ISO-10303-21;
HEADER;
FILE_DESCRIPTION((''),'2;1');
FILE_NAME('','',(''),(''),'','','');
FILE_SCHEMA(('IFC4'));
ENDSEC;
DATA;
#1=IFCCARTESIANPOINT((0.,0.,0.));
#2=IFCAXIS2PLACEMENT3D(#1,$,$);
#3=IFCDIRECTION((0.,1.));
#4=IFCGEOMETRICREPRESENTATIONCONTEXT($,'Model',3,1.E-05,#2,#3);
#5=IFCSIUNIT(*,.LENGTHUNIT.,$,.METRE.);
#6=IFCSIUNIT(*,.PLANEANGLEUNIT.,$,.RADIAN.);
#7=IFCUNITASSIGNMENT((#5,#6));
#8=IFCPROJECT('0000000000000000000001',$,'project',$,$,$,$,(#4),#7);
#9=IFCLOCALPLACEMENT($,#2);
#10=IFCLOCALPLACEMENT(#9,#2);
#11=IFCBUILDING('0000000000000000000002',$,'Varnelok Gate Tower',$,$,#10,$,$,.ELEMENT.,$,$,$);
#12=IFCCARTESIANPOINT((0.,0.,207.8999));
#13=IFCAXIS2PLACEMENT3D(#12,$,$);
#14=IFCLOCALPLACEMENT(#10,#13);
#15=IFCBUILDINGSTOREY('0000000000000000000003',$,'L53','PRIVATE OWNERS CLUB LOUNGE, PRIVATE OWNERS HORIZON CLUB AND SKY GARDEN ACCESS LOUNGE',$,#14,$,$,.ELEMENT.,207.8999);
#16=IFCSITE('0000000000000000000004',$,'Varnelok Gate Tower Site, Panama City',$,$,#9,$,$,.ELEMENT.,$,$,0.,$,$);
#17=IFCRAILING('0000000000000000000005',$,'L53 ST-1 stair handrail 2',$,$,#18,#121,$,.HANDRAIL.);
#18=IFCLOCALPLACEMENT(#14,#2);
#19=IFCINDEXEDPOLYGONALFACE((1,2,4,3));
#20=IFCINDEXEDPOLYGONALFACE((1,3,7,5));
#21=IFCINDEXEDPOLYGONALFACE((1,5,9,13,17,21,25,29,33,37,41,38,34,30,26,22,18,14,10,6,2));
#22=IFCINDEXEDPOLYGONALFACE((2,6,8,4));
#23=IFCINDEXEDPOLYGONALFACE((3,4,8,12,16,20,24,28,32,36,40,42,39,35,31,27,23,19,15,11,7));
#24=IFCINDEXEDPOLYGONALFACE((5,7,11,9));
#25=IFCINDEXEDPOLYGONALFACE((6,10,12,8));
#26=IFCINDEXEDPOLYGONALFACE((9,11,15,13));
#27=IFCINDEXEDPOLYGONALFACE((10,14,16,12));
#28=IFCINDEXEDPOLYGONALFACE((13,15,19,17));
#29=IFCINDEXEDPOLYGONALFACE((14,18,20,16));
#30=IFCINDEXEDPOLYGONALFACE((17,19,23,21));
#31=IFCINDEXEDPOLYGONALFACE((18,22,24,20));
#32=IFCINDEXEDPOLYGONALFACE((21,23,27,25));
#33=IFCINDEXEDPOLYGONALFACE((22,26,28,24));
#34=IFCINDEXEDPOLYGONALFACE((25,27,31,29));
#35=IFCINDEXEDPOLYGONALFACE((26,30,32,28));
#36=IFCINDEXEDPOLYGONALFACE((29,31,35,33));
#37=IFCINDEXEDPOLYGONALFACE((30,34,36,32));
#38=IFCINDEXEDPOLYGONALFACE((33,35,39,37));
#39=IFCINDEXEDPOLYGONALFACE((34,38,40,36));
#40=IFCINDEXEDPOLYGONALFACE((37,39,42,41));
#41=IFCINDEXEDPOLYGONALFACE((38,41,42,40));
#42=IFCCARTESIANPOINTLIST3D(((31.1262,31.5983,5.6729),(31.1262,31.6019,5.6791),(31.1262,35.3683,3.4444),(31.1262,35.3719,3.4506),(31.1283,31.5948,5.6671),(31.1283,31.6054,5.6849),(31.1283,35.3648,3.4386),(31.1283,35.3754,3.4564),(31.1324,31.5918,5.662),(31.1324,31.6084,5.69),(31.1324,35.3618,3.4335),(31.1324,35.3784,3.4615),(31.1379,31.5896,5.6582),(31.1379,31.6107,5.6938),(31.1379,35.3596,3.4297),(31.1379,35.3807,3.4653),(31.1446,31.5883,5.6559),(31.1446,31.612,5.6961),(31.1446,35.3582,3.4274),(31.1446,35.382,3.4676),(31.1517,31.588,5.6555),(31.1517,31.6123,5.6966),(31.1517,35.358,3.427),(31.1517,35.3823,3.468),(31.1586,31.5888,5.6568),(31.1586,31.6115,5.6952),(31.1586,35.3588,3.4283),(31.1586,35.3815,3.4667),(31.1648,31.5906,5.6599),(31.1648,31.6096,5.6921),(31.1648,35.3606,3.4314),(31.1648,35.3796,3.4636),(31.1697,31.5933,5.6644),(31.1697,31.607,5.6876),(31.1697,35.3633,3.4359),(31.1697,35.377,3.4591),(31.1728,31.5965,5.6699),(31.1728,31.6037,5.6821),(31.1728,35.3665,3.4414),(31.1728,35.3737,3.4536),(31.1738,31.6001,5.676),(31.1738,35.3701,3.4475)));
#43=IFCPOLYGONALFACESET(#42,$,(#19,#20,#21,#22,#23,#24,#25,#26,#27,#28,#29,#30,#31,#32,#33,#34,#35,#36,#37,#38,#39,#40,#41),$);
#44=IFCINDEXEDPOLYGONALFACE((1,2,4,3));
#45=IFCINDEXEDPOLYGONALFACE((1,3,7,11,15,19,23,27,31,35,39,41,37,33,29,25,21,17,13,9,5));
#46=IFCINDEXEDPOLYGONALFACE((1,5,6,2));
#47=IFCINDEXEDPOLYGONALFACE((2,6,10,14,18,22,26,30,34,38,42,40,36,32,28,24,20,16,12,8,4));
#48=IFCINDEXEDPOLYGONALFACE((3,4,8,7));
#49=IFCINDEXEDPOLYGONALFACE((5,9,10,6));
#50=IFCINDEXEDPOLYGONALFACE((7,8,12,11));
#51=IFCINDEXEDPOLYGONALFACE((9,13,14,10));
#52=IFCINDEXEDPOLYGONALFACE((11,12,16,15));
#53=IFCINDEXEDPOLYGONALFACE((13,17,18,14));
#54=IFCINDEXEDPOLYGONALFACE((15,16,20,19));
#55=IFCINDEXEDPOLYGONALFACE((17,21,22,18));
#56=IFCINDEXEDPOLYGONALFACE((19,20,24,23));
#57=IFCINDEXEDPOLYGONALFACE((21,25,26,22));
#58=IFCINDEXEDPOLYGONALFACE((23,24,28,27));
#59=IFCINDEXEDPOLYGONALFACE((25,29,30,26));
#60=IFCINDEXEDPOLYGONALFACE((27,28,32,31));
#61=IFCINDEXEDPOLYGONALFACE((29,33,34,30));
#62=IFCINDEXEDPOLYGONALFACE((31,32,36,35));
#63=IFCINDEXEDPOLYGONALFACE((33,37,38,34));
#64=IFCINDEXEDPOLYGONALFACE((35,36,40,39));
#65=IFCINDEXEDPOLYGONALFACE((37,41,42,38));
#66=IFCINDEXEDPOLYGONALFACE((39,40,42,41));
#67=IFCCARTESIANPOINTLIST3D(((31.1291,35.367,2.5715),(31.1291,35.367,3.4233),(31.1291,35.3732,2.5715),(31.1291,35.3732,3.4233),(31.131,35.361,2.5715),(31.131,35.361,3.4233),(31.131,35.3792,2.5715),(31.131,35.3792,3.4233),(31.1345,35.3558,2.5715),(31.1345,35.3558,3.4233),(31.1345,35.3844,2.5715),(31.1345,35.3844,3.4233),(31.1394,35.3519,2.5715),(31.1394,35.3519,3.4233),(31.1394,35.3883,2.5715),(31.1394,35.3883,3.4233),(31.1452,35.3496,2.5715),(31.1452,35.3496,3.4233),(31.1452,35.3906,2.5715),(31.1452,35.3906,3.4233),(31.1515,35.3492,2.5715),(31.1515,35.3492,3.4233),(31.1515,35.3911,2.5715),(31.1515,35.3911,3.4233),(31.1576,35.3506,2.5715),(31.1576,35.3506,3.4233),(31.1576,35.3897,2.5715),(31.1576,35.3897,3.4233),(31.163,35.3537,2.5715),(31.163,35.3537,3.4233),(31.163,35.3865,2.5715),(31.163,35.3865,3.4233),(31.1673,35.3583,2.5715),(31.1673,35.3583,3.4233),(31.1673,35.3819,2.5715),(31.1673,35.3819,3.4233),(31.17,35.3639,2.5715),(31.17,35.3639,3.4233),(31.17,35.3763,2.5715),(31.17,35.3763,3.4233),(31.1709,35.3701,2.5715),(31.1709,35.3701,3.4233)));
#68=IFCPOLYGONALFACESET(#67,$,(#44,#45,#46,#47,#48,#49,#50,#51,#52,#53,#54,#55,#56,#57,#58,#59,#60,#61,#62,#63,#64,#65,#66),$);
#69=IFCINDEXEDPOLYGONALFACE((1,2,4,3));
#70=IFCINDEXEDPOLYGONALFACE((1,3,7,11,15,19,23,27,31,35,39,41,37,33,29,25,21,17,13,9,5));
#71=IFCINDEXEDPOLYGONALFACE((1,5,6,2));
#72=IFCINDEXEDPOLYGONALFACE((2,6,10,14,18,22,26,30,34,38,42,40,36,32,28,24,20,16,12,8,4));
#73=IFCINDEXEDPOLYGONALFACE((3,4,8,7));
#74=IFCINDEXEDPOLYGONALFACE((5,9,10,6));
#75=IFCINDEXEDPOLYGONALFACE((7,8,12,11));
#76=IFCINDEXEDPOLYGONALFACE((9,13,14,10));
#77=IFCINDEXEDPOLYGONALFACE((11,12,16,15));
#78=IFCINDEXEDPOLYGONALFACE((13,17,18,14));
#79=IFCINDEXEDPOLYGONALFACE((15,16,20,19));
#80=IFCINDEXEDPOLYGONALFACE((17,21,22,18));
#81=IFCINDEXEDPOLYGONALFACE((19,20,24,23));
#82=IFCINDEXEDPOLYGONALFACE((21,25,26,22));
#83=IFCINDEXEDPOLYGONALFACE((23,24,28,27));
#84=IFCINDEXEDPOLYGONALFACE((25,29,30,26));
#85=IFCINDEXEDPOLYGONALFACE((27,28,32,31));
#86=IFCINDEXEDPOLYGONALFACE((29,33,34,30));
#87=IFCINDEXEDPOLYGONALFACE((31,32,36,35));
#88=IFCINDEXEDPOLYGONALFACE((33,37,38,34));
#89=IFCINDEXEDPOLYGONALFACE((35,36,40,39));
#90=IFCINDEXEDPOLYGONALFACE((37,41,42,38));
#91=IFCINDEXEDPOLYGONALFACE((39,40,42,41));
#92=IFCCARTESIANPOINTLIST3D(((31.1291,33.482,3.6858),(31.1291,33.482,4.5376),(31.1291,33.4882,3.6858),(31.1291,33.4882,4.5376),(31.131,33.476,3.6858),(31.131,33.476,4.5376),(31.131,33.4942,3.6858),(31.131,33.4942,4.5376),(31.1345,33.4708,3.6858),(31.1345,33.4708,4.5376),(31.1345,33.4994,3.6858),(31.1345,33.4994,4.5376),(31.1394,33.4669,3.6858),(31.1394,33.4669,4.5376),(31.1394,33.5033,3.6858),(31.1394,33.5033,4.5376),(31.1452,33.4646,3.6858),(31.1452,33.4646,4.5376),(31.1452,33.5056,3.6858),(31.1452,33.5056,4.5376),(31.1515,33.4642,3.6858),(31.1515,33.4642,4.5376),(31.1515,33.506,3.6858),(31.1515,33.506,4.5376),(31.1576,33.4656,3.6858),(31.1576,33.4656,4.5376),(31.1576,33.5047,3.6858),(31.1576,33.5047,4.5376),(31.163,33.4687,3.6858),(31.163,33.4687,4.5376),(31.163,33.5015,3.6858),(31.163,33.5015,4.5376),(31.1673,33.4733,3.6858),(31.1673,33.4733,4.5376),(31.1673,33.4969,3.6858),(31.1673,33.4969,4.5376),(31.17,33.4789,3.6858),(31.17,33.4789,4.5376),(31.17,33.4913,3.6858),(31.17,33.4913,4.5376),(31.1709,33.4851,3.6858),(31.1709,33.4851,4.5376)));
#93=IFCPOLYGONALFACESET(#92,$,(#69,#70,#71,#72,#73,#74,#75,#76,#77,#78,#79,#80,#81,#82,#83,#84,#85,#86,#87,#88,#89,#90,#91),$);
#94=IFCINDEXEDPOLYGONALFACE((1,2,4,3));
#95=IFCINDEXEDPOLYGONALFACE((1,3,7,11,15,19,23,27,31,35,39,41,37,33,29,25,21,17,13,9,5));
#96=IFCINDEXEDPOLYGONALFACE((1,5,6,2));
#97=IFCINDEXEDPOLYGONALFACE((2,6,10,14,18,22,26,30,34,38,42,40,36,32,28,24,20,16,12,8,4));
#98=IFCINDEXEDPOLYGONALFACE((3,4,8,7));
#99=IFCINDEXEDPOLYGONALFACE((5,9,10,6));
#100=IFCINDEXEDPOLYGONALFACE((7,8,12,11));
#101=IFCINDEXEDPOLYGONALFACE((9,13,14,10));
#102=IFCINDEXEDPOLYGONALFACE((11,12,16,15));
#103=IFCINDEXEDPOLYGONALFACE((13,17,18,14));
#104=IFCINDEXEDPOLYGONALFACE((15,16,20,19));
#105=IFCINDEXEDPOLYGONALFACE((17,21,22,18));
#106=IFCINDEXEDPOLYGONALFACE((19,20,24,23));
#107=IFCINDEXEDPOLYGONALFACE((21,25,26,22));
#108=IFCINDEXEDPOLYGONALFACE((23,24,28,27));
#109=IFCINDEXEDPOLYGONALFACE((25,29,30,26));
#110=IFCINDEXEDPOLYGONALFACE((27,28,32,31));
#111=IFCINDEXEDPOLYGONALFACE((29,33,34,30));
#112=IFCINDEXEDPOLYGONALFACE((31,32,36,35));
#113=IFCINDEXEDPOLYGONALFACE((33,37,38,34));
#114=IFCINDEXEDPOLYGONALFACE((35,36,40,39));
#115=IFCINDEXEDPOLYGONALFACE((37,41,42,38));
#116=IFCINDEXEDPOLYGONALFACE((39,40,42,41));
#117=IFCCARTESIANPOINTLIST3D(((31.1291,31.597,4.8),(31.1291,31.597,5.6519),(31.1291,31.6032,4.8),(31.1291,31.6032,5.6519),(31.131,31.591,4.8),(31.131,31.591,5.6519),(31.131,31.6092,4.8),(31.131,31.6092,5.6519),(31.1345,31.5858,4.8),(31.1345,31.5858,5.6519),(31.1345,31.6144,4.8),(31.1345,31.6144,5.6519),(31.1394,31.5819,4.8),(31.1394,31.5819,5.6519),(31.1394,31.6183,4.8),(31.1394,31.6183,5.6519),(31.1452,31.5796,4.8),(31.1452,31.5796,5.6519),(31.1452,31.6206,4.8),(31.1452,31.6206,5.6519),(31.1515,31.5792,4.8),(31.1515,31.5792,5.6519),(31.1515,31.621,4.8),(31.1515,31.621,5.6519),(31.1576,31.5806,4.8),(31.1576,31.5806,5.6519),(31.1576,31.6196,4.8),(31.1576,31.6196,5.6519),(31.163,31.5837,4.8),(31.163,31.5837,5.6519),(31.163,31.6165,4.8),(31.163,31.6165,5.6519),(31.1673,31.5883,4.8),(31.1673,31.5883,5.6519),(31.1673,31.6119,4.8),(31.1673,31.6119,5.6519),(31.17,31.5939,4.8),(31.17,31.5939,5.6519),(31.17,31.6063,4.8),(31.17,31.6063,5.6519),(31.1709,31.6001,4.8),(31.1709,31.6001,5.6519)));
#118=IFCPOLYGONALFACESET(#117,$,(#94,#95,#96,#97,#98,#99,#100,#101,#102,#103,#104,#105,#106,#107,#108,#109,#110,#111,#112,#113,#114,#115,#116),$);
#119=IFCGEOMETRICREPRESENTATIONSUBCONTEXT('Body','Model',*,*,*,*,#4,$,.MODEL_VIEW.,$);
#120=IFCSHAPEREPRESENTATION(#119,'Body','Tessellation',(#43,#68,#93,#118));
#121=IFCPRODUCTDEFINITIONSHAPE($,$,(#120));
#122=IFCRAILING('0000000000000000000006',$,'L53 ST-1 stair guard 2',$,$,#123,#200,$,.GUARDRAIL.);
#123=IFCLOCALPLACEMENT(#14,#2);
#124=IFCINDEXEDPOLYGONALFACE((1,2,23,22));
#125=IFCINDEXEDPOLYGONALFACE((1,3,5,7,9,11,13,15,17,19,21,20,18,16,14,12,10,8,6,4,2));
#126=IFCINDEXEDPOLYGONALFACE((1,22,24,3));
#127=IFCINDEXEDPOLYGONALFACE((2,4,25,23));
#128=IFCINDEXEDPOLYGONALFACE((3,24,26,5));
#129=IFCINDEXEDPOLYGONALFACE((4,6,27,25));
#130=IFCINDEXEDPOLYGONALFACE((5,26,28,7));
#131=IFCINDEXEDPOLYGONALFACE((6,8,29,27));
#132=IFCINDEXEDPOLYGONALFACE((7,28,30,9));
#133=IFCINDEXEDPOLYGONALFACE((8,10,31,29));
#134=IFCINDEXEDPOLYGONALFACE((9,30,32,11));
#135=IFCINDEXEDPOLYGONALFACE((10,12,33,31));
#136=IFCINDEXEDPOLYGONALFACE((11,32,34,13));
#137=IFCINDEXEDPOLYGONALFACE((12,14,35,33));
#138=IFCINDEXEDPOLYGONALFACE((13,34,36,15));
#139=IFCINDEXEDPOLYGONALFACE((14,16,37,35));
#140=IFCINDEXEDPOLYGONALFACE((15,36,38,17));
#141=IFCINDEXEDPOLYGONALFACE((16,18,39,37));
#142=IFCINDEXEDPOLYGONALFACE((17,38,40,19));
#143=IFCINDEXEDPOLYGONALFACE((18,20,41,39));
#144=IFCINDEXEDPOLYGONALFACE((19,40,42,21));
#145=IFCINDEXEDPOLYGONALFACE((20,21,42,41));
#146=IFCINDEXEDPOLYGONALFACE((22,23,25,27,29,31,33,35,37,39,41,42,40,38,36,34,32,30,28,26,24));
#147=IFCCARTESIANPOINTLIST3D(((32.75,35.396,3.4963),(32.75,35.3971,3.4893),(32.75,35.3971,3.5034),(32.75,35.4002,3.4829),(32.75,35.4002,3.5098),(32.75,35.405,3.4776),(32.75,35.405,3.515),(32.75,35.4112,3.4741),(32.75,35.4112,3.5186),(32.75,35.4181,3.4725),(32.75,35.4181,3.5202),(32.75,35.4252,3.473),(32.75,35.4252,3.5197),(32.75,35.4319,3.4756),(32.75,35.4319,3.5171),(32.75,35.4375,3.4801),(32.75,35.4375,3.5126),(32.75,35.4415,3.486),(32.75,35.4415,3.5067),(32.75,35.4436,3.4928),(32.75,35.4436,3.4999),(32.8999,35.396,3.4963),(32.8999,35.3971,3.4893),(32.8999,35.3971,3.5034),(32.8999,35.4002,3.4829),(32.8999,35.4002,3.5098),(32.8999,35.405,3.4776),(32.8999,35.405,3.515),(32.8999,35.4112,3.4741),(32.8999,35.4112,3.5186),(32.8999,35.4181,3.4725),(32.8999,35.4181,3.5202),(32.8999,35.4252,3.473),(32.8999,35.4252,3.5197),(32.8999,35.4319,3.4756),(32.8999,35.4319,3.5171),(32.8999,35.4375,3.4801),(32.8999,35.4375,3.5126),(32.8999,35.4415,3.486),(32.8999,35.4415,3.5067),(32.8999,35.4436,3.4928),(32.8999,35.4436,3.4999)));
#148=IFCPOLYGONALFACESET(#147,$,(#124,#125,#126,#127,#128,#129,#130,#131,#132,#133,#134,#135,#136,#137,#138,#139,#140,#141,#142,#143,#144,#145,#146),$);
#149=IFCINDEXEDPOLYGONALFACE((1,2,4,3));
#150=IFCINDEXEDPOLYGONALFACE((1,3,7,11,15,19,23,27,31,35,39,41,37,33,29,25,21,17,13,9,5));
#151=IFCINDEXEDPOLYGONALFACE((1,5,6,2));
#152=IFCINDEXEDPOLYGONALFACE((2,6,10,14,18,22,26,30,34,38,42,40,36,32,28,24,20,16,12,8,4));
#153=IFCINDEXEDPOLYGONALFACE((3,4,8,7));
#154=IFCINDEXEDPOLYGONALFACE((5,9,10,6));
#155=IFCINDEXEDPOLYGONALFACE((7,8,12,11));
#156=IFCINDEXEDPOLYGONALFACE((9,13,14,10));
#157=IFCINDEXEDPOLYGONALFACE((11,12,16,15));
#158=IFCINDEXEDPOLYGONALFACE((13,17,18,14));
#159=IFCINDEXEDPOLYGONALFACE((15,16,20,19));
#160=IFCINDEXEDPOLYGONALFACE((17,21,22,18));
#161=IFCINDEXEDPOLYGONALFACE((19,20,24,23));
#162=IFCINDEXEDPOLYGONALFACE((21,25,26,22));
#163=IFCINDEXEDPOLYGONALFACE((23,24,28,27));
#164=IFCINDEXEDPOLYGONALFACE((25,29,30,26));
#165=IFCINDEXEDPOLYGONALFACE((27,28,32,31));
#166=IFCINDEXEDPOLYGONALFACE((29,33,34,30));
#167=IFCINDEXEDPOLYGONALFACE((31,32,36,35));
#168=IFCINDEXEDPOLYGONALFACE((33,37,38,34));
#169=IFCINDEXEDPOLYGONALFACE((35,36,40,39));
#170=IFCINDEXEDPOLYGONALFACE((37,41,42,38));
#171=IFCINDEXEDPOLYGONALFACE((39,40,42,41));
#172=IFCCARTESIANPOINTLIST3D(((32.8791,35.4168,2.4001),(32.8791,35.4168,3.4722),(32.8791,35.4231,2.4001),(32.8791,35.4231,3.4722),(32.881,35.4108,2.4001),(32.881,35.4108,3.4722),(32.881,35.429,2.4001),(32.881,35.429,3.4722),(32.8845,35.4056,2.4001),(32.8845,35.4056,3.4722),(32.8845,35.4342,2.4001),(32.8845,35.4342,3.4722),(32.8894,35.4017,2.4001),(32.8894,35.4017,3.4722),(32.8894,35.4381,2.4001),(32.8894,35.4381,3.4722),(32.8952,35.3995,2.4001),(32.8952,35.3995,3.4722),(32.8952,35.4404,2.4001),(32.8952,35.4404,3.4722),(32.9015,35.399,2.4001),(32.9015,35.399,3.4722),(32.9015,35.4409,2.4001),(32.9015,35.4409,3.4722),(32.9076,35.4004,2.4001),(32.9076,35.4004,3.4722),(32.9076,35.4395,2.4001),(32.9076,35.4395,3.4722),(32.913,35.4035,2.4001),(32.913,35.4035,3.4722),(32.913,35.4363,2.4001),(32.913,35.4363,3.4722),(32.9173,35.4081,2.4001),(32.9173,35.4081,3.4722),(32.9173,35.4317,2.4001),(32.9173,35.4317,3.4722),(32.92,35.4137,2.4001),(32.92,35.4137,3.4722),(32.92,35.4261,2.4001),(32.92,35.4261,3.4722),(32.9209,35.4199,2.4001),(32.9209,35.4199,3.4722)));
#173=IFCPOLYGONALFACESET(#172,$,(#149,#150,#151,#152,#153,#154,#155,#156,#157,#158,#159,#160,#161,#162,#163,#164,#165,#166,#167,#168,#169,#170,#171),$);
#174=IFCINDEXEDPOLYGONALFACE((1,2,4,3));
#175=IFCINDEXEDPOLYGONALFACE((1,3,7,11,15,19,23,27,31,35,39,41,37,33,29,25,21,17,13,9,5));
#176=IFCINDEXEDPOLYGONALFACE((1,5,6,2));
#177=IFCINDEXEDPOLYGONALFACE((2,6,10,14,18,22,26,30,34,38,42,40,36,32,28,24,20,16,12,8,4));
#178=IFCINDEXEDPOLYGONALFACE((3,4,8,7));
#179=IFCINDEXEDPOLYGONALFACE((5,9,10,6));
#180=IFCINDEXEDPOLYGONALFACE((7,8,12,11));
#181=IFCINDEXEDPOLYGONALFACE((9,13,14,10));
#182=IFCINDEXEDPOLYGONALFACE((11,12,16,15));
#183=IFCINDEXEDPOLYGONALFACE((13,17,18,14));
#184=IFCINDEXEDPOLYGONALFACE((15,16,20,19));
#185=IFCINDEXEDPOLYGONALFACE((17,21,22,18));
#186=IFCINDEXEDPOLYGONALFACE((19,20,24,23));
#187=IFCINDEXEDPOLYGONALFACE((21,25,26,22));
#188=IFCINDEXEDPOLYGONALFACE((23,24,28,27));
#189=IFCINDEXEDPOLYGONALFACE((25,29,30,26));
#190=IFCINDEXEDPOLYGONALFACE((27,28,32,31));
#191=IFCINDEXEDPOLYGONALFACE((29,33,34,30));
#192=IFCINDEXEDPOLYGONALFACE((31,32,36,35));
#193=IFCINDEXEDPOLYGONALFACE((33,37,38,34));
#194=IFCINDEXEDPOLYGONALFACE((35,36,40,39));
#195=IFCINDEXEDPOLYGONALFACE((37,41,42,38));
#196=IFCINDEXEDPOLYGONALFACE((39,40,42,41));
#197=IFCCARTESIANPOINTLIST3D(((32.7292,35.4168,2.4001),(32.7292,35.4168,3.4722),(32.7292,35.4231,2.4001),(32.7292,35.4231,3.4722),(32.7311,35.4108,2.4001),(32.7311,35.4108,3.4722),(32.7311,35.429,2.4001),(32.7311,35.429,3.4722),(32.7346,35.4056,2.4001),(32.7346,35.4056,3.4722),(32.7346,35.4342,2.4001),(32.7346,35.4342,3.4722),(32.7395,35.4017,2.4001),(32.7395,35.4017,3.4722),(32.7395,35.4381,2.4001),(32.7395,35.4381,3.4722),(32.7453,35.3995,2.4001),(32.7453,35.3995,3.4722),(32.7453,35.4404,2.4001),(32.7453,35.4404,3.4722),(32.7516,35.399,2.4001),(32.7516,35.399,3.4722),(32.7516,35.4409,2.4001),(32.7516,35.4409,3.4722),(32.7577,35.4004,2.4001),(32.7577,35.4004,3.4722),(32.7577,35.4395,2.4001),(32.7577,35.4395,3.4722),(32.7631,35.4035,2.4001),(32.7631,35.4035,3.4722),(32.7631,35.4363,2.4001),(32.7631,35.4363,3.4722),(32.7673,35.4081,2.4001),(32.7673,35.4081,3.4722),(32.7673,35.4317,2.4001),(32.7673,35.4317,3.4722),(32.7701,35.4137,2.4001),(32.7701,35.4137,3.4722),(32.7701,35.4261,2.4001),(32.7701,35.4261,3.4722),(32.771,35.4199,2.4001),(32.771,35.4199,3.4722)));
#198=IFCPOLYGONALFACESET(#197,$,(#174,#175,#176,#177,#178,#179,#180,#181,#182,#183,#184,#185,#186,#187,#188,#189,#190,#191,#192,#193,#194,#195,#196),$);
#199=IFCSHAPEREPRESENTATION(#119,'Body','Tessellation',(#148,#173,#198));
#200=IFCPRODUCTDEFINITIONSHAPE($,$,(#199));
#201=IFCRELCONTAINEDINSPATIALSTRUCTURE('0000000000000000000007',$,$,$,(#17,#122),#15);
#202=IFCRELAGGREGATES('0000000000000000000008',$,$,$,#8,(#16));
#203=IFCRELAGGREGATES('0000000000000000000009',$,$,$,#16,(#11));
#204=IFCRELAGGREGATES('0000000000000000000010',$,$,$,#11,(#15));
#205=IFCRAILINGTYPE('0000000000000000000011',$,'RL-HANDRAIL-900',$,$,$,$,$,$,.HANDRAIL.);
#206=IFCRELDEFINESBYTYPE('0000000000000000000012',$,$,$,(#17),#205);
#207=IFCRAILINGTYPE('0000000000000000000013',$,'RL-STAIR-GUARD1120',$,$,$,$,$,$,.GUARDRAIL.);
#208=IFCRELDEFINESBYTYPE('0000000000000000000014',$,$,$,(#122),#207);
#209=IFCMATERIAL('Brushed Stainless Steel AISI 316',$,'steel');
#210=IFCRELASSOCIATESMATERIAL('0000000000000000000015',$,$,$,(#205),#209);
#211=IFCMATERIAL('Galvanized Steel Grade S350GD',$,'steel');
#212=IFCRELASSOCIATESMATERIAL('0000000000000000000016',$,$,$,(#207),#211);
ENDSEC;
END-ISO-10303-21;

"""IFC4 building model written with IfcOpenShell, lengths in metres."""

from ifc_helpers import new_model, si_unit, direction, frame, origin, origin_2d, place, context, subcontext, project, spatial, circle, extrude, material, type_object, element, save


model = new_model("IFC4")

# Units and contexts
model_context = context("Model", 3, precision=1e-05, world=origin(), true_north=direction((0.0, 1.0)))
body_context = subcontext(model_context, "Body", "Model", "MODEL_VIEW")
ifc_project = project(units=[si_unit("LENGTHUNIT", "METRE"), si_unit("PLANEANGLEUNIT", "RADIAN")], contexts=[model_context])

# Site, building, storey
site_placement = place(None, origin())
site = spatial("IfcSite", under=ifc_project, at=site_placement, Name="Varnelok Gate Tower Site, Panama City", CompositionType="ELEMENT", RefElevation=0.0)
building_placement = place(site_placement, origin())
building = spatial("IfcBuilding", under=site, at=building_placement, Name="Varnelok Gate Tower", CompositionType="ELEMENT")
storey_placement = place(building_placement, frame((0.0, 0.0, 207.8999)))
storey = spatial("IfcBuildingStorey", under=building, at=storey_placement, Name="L53", Description="PRIVATE OWNERS CLUB LOUNGE, PRIVATE OWNERS HORIZON CLUB AND SKY GARDEN ACCESS LOUNGE", CompositionType="ELEMENT", Elevation=207.8999)

# Shared definitions
ifc_material_1 = material(Name="Galvanized Steel Grade S350GD", Category="steel")

# Railings
ifc_material_2 = material(Name="Brushed Stainless Steel AISI 316", Category="steel")
railing_type_1 = type_object("IfcRailingType", Name="RL-HANDRAIL-900", PredefinedType="HANDRAIL", material=ifc_material_2)
railing_1_placement = place(storey_placement, frame((31.1499, 35.3701, 2.5715)))
element("IfcRailing", 1, at=railing_1_placement, inside=storey, type_object=railing_type_1, Name="L53 ST-1 stair handrail 2", PredefinedType="HANDRAIL", context=body_context, shape_type="SweptSolid", body=[
    extrude(circle(Radius=0.0239, at=origin_2d()), frame((0.0, 0.0, 0.876), z_axis=(0.0, -0.860849, 0.508861), x_axis=(1.0, 0.0, 0.0)), (0.0, 0.0, 1.0), 4.3794),
    extrude(circle(Radius=0.021, at=origin_2d()), origin(), (0.0, 0.0, 1.0), 0.8518),
    extrude(circle(Radius=0.021, at=origin_2d()), frame((0.0, -1.885, 1.1143)), (0.0, 0.0, 1.0), 0.8518),
    extrude(circle(Radius=0.021, at=origin_2d()), frame((0.0, -3.77, 2.2285)), (0.0, 0.0, 1.0), 0.8518),
])
railing_type_2 = type_object("IfcRailingType", Name="RL-STAIR-GUARD1120", PredefinedType="GUARDRAIL", material=ifc_material_1)
railing_2_placement = place(storey_placement, frame((32.8999, 35.4199, 2.4001)))
element("IfcRailing", 2, at=railing_2_placement, inside=storey, type_object=railing_type_2, Name="L53 ST-1 stair guard 2", PredefinedType="GUARDRAIL", context=body_context, shape_type="SweptSolid", body=[
    extrude(circle(Radius=0.0239, at=origin_2d()), frame((0.0, 0.0, 1.0962), z_axis=(-1.0, 0.0, 0.0), x_axis=(0.0, -1.0, 0.0)), (0.0, 0.0, 1.0), 0.1499),
    extrude(circle(Radius=0.021, at=origin_2d()), origin(), (0.0, 0.0, 1.0), 1.072),
    extrude(circle(Radius=0.021, at=origin_2d()), frame((-0.1499, 0.0, 0.0)), (0.0, 0.0, 1.0), 1.072),
])

save(model, "model.ifc")
